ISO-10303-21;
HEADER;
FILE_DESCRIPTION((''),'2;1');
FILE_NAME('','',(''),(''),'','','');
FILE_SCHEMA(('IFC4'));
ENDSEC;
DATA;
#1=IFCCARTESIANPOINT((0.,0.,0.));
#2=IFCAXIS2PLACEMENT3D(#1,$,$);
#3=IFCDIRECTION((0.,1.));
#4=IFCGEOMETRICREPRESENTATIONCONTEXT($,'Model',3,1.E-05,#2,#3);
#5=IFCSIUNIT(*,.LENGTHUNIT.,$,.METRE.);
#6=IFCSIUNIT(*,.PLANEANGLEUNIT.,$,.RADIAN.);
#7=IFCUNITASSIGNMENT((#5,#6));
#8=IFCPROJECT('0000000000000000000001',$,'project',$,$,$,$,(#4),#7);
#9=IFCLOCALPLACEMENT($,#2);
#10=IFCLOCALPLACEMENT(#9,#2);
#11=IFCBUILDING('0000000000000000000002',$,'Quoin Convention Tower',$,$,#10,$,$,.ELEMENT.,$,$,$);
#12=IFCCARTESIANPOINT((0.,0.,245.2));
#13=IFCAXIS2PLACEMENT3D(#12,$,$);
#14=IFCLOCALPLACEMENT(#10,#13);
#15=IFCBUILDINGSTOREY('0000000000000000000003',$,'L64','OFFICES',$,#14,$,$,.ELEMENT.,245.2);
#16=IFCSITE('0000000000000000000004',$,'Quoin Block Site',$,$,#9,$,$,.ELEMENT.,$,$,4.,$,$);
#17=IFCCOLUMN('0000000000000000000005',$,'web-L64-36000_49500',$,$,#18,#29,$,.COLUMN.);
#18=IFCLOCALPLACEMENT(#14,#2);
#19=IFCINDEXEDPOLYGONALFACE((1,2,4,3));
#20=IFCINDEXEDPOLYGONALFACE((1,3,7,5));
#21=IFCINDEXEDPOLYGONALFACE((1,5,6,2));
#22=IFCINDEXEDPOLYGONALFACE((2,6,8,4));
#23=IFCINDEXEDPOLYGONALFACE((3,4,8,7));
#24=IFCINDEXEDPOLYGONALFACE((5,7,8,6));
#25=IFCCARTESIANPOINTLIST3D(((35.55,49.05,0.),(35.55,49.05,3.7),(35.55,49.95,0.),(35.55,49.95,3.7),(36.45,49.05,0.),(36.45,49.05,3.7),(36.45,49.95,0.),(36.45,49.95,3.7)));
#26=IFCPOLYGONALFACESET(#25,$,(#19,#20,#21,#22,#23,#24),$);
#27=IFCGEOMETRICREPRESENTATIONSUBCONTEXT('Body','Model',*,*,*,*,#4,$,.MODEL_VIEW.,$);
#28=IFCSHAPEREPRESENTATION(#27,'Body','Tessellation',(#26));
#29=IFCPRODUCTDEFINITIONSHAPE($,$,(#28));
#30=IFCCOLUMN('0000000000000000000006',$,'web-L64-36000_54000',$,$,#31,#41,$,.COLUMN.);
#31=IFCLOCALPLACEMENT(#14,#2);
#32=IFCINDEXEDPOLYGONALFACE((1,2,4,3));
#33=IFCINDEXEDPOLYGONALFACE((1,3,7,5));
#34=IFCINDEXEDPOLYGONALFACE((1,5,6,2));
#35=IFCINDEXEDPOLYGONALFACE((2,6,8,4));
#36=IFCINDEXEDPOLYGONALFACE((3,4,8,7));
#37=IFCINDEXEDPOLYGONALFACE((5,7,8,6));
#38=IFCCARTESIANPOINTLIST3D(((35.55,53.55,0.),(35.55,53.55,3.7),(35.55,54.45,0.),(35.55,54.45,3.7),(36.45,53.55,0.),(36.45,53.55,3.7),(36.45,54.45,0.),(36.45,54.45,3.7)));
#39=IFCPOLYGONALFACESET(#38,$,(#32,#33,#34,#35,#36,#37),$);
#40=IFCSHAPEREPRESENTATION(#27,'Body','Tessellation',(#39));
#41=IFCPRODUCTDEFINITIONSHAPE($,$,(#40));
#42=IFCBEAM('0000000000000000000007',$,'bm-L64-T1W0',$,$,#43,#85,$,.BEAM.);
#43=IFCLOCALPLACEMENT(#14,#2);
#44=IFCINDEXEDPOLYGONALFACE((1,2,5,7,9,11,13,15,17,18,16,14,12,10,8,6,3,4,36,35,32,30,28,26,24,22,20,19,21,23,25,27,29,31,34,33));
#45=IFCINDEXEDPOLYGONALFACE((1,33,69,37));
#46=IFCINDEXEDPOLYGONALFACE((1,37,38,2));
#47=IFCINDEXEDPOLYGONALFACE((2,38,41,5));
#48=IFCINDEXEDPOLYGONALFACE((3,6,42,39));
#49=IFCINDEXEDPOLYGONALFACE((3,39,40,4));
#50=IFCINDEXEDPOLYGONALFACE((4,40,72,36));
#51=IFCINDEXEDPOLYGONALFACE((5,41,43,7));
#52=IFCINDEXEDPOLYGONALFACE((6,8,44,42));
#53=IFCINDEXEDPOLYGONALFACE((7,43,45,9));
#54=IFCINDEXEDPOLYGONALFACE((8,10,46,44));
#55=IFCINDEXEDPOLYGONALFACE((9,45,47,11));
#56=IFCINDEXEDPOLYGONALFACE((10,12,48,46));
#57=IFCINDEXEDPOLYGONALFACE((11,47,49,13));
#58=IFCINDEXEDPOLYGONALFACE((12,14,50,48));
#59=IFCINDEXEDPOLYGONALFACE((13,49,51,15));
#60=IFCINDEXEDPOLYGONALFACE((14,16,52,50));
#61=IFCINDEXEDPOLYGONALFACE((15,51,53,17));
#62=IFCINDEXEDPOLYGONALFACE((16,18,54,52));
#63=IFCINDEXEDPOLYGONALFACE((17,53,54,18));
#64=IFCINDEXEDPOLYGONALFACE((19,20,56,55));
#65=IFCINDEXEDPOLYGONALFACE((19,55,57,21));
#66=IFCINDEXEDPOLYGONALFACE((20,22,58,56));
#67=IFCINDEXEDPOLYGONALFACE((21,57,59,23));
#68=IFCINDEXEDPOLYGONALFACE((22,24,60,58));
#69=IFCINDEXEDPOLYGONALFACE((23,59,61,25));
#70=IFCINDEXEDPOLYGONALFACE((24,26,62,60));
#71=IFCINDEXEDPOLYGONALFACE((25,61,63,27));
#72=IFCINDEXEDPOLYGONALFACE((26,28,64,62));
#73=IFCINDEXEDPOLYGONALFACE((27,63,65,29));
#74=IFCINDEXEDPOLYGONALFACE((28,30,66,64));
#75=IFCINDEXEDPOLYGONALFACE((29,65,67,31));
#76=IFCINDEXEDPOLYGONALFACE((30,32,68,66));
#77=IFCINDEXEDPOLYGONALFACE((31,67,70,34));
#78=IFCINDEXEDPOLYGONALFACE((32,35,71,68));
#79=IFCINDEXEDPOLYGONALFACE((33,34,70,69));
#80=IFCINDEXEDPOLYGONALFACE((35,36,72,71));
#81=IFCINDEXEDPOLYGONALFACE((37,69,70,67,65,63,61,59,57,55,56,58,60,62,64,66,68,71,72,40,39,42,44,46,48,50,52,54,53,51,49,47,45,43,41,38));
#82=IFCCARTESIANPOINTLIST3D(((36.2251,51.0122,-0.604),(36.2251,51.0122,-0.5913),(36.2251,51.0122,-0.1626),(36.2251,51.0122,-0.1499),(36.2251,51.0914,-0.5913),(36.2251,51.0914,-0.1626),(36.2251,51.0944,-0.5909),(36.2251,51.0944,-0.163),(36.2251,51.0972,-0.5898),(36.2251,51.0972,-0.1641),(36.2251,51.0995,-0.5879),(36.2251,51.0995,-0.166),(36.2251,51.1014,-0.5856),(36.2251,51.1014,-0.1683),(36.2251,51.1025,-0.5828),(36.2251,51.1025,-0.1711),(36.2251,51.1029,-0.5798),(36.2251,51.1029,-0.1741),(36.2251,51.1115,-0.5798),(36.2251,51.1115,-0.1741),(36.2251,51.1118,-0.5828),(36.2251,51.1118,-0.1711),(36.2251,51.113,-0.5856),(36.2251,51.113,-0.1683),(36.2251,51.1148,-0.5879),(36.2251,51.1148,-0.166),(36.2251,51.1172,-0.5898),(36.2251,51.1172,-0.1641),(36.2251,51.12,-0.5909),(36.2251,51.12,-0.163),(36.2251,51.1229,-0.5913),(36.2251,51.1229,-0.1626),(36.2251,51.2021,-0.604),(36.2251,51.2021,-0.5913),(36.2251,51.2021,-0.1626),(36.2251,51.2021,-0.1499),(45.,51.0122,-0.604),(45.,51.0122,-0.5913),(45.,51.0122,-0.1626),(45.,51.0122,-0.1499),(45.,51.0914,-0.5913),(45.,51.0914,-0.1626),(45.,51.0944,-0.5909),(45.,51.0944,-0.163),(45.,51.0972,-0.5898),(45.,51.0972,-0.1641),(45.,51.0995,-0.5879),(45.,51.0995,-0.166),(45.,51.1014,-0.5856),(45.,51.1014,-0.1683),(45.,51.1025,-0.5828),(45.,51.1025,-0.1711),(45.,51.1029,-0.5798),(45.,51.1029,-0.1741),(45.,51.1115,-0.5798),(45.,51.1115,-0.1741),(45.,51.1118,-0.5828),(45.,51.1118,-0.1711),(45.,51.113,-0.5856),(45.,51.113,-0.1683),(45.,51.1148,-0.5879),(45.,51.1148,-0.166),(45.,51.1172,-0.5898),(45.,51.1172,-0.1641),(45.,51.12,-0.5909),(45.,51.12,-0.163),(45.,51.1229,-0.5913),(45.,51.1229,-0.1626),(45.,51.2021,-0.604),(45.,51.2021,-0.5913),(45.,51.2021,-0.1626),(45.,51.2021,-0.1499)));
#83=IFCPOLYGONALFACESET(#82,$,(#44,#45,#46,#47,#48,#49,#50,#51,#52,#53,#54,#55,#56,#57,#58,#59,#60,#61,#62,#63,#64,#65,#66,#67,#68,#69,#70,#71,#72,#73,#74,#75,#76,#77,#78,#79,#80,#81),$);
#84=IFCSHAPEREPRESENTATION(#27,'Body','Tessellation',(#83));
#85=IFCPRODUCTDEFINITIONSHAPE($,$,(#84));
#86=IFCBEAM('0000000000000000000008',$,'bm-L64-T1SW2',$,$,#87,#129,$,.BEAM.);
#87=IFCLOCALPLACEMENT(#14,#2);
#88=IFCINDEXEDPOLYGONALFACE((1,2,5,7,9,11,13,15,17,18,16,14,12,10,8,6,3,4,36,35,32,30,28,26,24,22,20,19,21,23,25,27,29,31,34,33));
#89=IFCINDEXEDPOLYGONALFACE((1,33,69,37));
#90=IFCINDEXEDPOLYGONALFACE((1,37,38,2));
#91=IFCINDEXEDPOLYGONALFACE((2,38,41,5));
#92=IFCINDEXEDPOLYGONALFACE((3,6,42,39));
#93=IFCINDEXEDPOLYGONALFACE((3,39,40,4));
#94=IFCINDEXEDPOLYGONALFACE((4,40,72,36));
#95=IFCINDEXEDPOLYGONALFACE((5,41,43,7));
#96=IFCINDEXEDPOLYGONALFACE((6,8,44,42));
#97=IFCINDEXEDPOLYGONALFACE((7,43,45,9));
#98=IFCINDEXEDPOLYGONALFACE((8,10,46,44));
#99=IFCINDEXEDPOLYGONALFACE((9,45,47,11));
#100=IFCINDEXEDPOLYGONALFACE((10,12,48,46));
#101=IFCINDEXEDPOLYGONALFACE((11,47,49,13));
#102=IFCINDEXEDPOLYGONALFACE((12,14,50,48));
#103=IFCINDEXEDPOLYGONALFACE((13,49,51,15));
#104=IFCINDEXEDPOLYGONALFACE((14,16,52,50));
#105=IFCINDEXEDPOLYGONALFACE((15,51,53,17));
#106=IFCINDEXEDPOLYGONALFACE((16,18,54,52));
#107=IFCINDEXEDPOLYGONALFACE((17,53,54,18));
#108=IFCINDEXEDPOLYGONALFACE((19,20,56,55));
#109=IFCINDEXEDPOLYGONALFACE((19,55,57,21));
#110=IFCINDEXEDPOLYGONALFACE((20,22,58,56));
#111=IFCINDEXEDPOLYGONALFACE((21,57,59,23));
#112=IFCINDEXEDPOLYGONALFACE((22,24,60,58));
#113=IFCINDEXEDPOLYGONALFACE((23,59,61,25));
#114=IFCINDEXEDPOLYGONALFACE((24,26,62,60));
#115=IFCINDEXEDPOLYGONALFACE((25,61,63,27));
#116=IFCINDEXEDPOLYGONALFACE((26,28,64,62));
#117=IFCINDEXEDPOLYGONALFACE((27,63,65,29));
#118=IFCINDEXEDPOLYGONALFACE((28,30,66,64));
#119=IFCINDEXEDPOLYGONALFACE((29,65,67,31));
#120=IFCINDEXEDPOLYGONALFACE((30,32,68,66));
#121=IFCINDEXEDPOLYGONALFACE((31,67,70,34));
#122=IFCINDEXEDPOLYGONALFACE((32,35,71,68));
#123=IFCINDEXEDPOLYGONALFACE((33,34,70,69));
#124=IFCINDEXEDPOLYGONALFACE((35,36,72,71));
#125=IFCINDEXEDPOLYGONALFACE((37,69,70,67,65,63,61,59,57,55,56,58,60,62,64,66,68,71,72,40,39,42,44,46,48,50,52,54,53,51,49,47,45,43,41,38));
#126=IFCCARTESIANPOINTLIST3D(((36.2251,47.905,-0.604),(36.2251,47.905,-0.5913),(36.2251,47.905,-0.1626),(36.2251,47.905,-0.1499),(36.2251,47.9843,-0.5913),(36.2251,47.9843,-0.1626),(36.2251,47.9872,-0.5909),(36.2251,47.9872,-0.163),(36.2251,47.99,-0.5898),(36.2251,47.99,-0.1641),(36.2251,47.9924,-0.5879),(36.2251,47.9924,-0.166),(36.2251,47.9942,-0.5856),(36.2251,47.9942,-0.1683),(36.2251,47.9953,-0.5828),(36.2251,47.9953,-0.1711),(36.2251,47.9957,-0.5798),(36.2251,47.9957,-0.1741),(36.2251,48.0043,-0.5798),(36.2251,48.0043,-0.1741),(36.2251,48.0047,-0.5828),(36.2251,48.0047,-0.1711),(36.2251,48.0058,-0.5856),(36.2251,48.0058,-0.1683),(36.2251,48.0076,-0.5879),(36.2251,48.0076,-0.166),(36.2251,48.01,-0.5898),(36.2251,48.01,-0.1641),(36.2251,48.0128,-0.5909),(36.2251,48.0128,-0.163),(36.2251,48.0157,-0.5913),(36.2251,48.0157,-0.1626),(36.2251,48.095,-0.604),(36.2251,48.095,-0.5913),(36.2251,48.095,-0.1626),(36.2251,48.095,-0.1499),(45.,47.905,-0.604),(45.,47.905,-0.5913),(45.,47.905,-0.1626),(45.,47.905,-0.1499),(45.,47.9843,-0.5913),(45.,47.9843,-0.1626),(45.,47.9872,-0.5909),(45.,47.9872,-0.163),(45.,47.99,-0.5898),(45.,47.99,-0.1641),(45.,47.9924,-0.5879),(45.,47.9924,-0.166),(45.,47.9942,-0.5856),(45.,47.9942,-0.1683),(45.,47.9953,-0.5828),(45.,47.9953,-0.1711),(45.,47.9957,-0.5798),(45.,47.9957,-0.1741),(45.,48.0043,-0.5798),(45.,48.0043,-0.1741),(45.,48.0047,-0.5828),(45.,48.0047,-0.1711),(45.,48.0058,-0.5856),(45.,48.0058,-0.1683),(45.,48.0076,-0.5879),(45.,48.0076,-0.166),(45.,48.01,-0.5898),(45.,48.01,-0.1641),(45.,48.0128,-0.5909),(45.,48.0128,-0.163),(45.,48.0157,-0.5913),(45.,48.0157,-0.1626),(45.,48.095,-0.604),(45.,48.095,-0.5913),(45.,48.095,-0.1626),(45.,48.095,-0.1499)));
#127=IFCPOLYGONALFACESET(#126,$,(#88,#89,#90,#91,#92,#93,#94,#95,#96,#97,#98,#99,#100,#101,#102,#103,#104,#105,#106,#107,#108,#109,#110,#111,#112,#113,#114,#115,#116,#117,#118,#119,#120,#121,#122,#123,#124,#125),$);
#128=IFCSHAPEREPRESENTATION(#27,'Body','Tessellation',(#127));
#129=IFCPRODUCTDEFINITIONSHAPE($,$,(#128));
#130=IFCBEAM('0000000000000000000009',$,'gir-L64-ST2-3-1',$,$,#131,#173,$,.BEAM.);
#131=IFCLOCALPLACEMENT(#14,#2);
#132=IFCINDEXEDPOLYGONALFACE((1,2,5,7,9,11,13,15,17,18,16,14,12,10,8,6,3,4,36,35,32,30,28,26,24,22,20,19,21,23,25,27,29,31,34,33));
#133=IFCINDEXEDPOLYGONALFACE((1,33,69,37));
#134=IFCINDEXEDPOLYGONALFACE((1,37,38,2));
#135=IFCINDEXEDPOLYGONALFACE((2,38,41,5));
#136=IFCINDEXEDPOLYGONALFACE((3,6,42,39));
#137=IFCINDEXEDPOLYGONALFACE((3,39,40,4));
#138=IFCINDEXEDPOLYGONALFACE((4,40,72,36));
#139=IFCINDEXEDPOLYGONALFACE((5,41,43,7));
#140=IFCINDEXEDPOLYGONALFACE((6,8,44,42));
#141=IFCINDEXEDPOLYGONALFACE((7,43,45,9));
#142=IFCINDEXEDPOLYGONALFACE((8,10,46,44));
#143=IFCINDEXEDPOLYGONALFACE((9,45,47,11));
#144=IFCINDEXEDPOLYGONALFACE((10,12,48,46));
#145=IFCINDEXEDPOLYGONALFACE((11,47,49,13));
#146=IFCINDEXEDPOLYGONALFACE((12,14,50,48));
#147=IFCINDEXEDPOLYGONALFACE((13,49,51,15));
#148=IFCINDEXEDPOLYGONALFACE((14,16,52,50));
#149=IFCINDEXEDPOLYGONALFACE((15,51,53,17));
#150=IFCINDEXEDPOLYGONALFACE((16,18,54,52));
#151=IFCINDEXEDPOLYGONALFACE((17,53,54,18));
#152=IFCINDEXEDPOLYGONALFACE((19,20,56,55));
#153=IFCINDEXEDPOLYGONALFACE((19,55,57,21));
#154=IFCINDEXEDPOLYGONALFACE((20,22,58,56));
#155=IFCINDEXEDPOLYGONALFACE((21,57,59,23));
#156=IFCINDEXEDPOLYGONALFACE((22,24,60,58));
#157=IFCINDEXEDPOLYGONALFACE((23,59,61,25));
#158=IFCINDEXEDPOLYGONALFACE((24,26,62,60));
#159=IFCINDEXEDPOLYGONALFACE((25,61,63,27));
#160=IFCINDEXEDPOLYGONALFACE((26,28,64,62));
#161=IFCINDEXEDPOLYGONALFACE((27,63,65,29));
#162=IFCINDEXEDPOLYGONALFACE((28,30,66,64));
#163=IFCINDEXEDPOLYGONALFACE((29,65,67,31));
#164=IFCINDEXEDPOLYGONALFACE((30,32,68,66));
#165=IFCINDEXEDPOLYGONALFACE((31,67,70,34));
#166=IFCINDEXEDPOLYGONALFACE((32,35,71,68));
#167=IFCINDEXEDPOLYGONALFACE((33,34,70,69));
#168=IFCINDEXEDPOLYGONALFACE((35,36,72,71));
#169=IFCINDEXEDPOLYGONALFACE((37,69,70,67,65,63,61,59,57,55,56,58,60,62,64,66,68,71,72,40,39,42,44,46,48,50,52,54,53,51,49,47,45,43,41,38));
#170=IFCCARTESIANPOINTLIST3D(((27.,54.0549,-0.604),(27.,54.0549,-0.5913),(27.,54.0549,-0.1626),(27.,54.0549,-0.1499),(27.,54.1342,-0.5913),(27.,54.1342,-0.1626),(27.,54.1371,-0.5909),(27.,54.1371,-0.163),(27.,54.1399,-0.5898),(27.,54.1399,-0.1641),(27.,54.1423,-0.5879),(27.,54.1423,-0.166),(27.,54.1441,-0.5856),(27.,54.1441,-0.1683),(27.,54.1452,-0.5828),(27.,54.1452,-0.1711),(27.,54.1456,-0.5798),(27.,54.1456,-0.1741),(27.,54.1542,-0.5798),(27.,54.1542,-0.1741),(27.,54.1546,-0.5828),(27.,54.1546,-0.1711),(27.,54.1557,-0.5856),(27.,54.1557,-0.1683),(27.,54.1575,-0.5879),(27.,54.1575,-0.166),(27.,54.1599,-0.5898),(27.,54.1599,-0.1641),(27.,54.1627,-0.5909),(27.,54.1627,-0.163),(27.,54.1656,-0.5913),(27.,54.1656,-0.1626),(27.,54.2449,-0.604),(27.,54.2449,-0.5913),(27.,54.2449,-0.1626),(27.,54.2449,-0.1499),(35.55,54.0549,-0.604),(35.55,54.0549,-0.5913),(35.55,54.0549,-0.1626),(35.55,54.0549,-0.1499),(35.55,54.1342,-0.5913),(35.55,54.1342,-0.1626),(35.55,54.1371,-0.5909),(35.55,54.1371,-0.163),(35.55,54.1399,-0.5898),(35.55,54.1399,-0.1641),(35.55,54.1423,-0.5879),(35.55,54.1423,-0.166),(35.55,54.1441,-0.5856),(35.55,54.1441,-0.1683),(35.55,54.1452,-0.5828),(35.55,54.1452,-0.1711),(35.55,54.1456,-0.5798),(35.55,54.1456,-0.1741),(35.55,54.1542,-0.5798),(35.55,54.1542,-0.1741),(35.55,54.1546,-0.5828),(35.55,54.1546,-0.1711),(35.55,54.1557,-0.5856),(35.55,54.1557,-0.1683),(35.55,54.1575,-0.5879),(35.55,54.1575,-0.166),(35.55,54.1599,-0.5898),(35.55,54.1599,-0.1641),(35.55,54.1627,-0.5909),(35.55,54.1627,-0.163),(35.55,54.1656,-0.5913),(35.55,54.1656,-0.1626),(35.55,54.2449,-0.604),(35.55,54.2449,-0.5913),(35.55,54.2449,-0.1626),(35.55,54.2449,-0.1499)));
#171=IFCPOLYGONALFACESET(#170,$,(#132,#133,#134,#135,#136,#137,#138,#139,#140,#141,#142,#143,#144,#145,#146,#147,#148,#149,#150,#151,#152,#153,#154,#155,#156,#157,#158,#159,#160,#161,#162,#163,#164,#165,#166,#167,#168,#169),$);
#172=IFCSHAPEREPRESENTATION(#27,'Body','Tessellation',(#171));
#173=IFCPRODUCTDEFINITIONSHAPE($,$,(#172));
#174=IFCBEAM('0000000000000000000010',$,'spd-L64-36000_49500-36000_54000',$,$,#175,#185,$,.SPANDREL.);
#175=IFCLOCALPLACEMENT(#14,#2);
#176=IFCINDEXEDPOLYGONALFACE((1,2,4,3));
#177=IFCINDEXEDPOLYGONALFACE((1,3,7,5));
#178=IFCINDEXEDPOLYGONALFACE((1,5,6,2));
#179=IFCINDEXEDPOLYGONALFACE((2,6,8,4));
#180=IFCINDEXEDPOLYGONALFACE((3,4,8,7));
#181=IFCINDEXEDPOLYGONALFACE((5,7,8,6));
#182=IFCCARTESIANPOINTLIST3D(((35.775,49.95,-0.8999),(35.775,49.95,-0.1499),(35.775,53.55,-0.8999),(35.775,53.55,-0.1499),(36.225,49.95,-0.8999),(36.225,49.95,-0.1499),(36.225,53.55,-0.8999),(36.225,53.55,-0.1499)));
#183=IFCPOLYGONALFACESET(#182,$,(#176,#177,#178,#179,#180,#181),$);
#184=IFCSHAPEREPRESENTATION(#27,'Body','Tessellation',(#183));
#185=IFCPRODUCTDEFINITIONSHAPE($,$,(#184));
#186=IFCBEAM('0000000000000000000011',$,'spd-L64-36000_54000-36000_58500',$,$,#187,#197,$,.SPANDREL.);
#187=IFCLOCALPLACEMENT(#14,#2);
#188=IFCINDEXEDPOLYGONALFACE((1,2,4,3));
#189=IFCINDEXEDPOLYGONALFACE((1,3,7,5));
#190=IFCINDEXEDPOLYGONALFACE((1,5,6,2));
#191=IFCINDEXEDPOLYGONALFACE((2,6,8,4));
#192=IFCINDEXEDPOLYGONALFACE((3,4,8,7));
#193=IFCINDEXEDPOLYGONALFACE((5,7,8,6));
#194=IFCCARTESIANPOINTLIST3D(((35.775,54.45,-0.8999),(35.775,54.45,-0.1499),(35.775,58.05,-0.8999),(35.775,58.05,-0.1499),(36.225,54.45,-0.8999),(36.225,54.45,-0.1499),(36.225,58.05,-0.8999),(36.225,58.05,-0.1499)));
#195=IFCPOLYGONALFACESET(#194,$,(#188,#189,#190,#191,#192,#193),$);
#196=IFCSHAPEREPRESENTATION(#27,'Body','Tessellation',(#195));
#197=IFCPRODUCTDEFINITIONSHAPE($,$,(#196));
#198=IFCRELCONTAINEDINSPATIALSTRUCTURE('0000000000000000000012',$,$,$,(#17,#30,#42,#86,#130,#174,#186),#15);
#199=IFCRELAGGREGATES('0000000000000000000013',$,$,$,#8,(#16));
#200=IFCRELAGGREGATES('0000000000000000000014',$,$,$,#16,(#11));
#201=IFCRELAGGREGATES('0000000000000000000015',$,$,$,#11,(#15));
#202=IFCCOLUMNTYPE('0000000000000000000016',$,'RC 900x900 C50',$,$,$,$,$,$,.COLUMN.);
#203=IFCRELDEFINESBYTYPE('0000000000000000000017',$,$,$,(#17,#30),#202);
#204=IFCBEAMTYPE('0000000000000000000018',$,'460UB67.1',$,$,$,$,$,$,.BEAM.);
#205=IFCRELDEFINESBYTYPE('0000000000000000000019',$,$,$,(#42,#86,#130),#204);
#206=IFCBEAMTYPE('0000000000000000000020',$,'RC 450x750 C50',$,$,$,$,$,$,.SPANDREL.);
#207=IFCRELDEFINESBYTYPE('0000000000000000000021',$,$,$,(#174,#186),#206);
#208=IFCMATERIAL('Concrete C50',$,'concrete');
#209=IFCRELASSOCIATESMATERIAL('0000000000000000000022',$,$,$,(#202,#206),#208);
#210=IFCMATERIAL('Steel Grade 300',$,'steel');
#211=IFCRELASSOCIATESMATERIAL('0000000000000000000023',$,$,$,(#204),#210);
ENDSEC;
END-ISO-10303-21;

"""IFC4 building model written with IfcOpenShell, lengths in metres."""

from ifc_helpers import new_model, si_unit, direction, frame, origin, origin_2d, place, context, subcontext, project, spatial, rectangle, i_section, extrude, material, material_profile, profile_set, type_object, element, save


model = new_model("IFC4")

# Units and contexts
model_context = context("Model", 3, precision=1e-05, world=origin(), true_north=direction((0.0, 1.0)))
body_context = subcontext(model_context, "Body", "Model", "MODEL_VIEW")
ifc_project = project(units=[si_unit("LENGTHUNIT", "METRE"), si_unit("PLANEANGLEUNIT", "RADIAN")], contexts=[model_context])

# Site, building, storey
site_placement = place(None, origin())
site = spatial("IfcSite", under=ifc_project, at=site_placement, Name="Quoin Block Site", CompositionType="ELEMENT", RefElevation=4.0)
building_placement = place(site_placement, origin())
building = spatial("IfcBuilding", under=site, at=building_placement, Name="Quoin Convention Tower", CompositionType="ELEMENT")
storey_placement = place(building_placement, frame((0.0, 0.0, 245.2)))
storey = spatial("IfcBuildingStorey", under=building, at=storey_placement, Name="L64", Description="OFFICES", CompositionType="ELEMENT", Elevation=245.2)

# Columns
ifc_material_1 = material(Name="Concrete C50", Category="concrete")
ifc_material_profile_1 = material_profile(ifc_material_1, rectangle(XDim=0.8999, YDim=0.8999, at=origin_2d()), Name="RC 900x900")
ifc_profile_set_1 = profile_set([ifc_material_profile_1], Name="Concrete C50")
column_type = type_object("IfcColumnType", Name="RC 900x900 C50", PredefinedType="COLUMN", material=ifc_profile_set_1)
for number, where, z_axis, x_axis, name in (
    (1, (36.0, 49.5, 0.0), (0.0, 0.0, 1.0), (1.0, 0.0, 0.0), "web-L64-36000_49500"),
    (2, (36.0, 54.0, 0.0), (0.0, 0.0, 1.0), (1.0, 0.0, 0.0), "web-L64-36000_54000"),
):
    element("IfcColumn", number, at=place(storey_placement, frame(where, z_axis=z_axis, x_axis=x_axis)), inside=storey, type_object=column_type, Name=name, PredefinedType="COLUMN", context=body_context, shape_type="SweptSolid", body=[
        extrude(rectangle(XDim=0.8999, YDim=0.8999, at=origin_2d()), origin(), (0.0, 0.0, 1.0), 3.7),
    ])

# Beams
ifc_material_2 = material(Name="Steel Grade 300", Category="steel")
ifc_material_profile_2 = material_profile(ifc_material_2, i_section(OverallWidth=0.1899, OverallDepth=0.4541, WebThickness=0.0085, FlangeThickness=0.0127, FilletRadius=0.0115, at=origin_2d()), Name="460UB67.1")
ifc_profile_set_2 = profile_set([ifc_material_profile_2], Name="Steel Grade 300")
beam_type_1 = type_object("IfcBeamType", Name="460UB67.1", PredefinedType="BEAM", material=ifc_profile_set_2)
for number, where, z_axis, x_axis, name in (
    (3, (36.2251, 51.1072, -0.377), (1.0, 0.0, 0.0), (0.0, 1.0, 0.0), "bm-L64-T1W0"),
    (4, (36.2251, 48.0, -0.377), (1.0, 0.0, 0.0), (0.0, 1.0, 0.0), "bm-L64-T1SW2"),
):
    element("IfcBeam", number, at=place(storey_placement, frame(where, z_axis=z_axis, x_axis=x_axis)), inside=storey, type_object=beam_type_1, Name=name, PredefinedType="BEAM", context=body_context, shape_type="SweptSolid", body=[
        extrude(i_section(OverallWidth=0.1899, OverallDepth=0.4541, WebThickness=0.0085, FlangeThickness=0.0127, FilletRadius=0.0115, at=origin_2d()), origin(), (0.0, 0.0, 1.0), 8.7749),
    ])
beam_placement = place(storey_placement, frame((27.0, 54.1499, -0.377), z_axis=(1.0, 0.0, 0.0), x_axis=(0.0, 1.0, 0.0)))
element("IfcBeam", 5, at=beam_placement, inside=storey, type_object=beam_type_1, Name="gir-L64-ST2-3-1", PredefinedType="BEAM", context=body_context, shape_type="SweptSolid", body=[
    extrude(i_section(OverallWidth=0.1899, OverallDepth=0.4541, WebThickness=0.0085, FlangeThickness=0.0127, FilletRadius=0.0115, at=origin_2d()), origin(), (0.0, 0.0, 1.0), 8.55),
])
ifc_material_profile_3 = material_profile(ifc_material_1, rectangle(XDim=0.45, YDim=0.75, at=origin_2d()), Name="RC 450x750")
ifc_profile_set_3 = profile_set([ifc_material_profile_3], Name="Concrete C50")
beam_type_2 = type_object("IfcBeamType", Name="RC 450x750 C50", PredefinedType="SPANDREL", material=ifc_profile_set_3)
for number, where, z_axis, x_axis, name in (
    (6, (36.0, 49.95, -0.5249), (0.0, 1.0, 0.0), (-1.0, 0.0, 0.0), "spd-L64-36000_49500-36000_54000"),
    (7, (36.0, 54.45, -0.5249), (0.0, 1.0, 0.0), (-1.0, 0.0, 0.0), "spd-L64-36000_54000-36000_58500"),
):
    element("IfcBeam", number, at=place(storey_placement, frame(where, z_axis=z_axis, x_axis=x_axis)), inside=storey, type_object=beam_type_2, Name=name, PredefinedType="SPANDREL", context=body_context, shape_type="SweptSolid", body=[
        extrude(rectangle(XDim=0.45, YDim=0.75, at=origin_2d()), origin(), (0.0, 0.0, 1.0), 3.6001),
    ])

save(model, "model.ifc")
